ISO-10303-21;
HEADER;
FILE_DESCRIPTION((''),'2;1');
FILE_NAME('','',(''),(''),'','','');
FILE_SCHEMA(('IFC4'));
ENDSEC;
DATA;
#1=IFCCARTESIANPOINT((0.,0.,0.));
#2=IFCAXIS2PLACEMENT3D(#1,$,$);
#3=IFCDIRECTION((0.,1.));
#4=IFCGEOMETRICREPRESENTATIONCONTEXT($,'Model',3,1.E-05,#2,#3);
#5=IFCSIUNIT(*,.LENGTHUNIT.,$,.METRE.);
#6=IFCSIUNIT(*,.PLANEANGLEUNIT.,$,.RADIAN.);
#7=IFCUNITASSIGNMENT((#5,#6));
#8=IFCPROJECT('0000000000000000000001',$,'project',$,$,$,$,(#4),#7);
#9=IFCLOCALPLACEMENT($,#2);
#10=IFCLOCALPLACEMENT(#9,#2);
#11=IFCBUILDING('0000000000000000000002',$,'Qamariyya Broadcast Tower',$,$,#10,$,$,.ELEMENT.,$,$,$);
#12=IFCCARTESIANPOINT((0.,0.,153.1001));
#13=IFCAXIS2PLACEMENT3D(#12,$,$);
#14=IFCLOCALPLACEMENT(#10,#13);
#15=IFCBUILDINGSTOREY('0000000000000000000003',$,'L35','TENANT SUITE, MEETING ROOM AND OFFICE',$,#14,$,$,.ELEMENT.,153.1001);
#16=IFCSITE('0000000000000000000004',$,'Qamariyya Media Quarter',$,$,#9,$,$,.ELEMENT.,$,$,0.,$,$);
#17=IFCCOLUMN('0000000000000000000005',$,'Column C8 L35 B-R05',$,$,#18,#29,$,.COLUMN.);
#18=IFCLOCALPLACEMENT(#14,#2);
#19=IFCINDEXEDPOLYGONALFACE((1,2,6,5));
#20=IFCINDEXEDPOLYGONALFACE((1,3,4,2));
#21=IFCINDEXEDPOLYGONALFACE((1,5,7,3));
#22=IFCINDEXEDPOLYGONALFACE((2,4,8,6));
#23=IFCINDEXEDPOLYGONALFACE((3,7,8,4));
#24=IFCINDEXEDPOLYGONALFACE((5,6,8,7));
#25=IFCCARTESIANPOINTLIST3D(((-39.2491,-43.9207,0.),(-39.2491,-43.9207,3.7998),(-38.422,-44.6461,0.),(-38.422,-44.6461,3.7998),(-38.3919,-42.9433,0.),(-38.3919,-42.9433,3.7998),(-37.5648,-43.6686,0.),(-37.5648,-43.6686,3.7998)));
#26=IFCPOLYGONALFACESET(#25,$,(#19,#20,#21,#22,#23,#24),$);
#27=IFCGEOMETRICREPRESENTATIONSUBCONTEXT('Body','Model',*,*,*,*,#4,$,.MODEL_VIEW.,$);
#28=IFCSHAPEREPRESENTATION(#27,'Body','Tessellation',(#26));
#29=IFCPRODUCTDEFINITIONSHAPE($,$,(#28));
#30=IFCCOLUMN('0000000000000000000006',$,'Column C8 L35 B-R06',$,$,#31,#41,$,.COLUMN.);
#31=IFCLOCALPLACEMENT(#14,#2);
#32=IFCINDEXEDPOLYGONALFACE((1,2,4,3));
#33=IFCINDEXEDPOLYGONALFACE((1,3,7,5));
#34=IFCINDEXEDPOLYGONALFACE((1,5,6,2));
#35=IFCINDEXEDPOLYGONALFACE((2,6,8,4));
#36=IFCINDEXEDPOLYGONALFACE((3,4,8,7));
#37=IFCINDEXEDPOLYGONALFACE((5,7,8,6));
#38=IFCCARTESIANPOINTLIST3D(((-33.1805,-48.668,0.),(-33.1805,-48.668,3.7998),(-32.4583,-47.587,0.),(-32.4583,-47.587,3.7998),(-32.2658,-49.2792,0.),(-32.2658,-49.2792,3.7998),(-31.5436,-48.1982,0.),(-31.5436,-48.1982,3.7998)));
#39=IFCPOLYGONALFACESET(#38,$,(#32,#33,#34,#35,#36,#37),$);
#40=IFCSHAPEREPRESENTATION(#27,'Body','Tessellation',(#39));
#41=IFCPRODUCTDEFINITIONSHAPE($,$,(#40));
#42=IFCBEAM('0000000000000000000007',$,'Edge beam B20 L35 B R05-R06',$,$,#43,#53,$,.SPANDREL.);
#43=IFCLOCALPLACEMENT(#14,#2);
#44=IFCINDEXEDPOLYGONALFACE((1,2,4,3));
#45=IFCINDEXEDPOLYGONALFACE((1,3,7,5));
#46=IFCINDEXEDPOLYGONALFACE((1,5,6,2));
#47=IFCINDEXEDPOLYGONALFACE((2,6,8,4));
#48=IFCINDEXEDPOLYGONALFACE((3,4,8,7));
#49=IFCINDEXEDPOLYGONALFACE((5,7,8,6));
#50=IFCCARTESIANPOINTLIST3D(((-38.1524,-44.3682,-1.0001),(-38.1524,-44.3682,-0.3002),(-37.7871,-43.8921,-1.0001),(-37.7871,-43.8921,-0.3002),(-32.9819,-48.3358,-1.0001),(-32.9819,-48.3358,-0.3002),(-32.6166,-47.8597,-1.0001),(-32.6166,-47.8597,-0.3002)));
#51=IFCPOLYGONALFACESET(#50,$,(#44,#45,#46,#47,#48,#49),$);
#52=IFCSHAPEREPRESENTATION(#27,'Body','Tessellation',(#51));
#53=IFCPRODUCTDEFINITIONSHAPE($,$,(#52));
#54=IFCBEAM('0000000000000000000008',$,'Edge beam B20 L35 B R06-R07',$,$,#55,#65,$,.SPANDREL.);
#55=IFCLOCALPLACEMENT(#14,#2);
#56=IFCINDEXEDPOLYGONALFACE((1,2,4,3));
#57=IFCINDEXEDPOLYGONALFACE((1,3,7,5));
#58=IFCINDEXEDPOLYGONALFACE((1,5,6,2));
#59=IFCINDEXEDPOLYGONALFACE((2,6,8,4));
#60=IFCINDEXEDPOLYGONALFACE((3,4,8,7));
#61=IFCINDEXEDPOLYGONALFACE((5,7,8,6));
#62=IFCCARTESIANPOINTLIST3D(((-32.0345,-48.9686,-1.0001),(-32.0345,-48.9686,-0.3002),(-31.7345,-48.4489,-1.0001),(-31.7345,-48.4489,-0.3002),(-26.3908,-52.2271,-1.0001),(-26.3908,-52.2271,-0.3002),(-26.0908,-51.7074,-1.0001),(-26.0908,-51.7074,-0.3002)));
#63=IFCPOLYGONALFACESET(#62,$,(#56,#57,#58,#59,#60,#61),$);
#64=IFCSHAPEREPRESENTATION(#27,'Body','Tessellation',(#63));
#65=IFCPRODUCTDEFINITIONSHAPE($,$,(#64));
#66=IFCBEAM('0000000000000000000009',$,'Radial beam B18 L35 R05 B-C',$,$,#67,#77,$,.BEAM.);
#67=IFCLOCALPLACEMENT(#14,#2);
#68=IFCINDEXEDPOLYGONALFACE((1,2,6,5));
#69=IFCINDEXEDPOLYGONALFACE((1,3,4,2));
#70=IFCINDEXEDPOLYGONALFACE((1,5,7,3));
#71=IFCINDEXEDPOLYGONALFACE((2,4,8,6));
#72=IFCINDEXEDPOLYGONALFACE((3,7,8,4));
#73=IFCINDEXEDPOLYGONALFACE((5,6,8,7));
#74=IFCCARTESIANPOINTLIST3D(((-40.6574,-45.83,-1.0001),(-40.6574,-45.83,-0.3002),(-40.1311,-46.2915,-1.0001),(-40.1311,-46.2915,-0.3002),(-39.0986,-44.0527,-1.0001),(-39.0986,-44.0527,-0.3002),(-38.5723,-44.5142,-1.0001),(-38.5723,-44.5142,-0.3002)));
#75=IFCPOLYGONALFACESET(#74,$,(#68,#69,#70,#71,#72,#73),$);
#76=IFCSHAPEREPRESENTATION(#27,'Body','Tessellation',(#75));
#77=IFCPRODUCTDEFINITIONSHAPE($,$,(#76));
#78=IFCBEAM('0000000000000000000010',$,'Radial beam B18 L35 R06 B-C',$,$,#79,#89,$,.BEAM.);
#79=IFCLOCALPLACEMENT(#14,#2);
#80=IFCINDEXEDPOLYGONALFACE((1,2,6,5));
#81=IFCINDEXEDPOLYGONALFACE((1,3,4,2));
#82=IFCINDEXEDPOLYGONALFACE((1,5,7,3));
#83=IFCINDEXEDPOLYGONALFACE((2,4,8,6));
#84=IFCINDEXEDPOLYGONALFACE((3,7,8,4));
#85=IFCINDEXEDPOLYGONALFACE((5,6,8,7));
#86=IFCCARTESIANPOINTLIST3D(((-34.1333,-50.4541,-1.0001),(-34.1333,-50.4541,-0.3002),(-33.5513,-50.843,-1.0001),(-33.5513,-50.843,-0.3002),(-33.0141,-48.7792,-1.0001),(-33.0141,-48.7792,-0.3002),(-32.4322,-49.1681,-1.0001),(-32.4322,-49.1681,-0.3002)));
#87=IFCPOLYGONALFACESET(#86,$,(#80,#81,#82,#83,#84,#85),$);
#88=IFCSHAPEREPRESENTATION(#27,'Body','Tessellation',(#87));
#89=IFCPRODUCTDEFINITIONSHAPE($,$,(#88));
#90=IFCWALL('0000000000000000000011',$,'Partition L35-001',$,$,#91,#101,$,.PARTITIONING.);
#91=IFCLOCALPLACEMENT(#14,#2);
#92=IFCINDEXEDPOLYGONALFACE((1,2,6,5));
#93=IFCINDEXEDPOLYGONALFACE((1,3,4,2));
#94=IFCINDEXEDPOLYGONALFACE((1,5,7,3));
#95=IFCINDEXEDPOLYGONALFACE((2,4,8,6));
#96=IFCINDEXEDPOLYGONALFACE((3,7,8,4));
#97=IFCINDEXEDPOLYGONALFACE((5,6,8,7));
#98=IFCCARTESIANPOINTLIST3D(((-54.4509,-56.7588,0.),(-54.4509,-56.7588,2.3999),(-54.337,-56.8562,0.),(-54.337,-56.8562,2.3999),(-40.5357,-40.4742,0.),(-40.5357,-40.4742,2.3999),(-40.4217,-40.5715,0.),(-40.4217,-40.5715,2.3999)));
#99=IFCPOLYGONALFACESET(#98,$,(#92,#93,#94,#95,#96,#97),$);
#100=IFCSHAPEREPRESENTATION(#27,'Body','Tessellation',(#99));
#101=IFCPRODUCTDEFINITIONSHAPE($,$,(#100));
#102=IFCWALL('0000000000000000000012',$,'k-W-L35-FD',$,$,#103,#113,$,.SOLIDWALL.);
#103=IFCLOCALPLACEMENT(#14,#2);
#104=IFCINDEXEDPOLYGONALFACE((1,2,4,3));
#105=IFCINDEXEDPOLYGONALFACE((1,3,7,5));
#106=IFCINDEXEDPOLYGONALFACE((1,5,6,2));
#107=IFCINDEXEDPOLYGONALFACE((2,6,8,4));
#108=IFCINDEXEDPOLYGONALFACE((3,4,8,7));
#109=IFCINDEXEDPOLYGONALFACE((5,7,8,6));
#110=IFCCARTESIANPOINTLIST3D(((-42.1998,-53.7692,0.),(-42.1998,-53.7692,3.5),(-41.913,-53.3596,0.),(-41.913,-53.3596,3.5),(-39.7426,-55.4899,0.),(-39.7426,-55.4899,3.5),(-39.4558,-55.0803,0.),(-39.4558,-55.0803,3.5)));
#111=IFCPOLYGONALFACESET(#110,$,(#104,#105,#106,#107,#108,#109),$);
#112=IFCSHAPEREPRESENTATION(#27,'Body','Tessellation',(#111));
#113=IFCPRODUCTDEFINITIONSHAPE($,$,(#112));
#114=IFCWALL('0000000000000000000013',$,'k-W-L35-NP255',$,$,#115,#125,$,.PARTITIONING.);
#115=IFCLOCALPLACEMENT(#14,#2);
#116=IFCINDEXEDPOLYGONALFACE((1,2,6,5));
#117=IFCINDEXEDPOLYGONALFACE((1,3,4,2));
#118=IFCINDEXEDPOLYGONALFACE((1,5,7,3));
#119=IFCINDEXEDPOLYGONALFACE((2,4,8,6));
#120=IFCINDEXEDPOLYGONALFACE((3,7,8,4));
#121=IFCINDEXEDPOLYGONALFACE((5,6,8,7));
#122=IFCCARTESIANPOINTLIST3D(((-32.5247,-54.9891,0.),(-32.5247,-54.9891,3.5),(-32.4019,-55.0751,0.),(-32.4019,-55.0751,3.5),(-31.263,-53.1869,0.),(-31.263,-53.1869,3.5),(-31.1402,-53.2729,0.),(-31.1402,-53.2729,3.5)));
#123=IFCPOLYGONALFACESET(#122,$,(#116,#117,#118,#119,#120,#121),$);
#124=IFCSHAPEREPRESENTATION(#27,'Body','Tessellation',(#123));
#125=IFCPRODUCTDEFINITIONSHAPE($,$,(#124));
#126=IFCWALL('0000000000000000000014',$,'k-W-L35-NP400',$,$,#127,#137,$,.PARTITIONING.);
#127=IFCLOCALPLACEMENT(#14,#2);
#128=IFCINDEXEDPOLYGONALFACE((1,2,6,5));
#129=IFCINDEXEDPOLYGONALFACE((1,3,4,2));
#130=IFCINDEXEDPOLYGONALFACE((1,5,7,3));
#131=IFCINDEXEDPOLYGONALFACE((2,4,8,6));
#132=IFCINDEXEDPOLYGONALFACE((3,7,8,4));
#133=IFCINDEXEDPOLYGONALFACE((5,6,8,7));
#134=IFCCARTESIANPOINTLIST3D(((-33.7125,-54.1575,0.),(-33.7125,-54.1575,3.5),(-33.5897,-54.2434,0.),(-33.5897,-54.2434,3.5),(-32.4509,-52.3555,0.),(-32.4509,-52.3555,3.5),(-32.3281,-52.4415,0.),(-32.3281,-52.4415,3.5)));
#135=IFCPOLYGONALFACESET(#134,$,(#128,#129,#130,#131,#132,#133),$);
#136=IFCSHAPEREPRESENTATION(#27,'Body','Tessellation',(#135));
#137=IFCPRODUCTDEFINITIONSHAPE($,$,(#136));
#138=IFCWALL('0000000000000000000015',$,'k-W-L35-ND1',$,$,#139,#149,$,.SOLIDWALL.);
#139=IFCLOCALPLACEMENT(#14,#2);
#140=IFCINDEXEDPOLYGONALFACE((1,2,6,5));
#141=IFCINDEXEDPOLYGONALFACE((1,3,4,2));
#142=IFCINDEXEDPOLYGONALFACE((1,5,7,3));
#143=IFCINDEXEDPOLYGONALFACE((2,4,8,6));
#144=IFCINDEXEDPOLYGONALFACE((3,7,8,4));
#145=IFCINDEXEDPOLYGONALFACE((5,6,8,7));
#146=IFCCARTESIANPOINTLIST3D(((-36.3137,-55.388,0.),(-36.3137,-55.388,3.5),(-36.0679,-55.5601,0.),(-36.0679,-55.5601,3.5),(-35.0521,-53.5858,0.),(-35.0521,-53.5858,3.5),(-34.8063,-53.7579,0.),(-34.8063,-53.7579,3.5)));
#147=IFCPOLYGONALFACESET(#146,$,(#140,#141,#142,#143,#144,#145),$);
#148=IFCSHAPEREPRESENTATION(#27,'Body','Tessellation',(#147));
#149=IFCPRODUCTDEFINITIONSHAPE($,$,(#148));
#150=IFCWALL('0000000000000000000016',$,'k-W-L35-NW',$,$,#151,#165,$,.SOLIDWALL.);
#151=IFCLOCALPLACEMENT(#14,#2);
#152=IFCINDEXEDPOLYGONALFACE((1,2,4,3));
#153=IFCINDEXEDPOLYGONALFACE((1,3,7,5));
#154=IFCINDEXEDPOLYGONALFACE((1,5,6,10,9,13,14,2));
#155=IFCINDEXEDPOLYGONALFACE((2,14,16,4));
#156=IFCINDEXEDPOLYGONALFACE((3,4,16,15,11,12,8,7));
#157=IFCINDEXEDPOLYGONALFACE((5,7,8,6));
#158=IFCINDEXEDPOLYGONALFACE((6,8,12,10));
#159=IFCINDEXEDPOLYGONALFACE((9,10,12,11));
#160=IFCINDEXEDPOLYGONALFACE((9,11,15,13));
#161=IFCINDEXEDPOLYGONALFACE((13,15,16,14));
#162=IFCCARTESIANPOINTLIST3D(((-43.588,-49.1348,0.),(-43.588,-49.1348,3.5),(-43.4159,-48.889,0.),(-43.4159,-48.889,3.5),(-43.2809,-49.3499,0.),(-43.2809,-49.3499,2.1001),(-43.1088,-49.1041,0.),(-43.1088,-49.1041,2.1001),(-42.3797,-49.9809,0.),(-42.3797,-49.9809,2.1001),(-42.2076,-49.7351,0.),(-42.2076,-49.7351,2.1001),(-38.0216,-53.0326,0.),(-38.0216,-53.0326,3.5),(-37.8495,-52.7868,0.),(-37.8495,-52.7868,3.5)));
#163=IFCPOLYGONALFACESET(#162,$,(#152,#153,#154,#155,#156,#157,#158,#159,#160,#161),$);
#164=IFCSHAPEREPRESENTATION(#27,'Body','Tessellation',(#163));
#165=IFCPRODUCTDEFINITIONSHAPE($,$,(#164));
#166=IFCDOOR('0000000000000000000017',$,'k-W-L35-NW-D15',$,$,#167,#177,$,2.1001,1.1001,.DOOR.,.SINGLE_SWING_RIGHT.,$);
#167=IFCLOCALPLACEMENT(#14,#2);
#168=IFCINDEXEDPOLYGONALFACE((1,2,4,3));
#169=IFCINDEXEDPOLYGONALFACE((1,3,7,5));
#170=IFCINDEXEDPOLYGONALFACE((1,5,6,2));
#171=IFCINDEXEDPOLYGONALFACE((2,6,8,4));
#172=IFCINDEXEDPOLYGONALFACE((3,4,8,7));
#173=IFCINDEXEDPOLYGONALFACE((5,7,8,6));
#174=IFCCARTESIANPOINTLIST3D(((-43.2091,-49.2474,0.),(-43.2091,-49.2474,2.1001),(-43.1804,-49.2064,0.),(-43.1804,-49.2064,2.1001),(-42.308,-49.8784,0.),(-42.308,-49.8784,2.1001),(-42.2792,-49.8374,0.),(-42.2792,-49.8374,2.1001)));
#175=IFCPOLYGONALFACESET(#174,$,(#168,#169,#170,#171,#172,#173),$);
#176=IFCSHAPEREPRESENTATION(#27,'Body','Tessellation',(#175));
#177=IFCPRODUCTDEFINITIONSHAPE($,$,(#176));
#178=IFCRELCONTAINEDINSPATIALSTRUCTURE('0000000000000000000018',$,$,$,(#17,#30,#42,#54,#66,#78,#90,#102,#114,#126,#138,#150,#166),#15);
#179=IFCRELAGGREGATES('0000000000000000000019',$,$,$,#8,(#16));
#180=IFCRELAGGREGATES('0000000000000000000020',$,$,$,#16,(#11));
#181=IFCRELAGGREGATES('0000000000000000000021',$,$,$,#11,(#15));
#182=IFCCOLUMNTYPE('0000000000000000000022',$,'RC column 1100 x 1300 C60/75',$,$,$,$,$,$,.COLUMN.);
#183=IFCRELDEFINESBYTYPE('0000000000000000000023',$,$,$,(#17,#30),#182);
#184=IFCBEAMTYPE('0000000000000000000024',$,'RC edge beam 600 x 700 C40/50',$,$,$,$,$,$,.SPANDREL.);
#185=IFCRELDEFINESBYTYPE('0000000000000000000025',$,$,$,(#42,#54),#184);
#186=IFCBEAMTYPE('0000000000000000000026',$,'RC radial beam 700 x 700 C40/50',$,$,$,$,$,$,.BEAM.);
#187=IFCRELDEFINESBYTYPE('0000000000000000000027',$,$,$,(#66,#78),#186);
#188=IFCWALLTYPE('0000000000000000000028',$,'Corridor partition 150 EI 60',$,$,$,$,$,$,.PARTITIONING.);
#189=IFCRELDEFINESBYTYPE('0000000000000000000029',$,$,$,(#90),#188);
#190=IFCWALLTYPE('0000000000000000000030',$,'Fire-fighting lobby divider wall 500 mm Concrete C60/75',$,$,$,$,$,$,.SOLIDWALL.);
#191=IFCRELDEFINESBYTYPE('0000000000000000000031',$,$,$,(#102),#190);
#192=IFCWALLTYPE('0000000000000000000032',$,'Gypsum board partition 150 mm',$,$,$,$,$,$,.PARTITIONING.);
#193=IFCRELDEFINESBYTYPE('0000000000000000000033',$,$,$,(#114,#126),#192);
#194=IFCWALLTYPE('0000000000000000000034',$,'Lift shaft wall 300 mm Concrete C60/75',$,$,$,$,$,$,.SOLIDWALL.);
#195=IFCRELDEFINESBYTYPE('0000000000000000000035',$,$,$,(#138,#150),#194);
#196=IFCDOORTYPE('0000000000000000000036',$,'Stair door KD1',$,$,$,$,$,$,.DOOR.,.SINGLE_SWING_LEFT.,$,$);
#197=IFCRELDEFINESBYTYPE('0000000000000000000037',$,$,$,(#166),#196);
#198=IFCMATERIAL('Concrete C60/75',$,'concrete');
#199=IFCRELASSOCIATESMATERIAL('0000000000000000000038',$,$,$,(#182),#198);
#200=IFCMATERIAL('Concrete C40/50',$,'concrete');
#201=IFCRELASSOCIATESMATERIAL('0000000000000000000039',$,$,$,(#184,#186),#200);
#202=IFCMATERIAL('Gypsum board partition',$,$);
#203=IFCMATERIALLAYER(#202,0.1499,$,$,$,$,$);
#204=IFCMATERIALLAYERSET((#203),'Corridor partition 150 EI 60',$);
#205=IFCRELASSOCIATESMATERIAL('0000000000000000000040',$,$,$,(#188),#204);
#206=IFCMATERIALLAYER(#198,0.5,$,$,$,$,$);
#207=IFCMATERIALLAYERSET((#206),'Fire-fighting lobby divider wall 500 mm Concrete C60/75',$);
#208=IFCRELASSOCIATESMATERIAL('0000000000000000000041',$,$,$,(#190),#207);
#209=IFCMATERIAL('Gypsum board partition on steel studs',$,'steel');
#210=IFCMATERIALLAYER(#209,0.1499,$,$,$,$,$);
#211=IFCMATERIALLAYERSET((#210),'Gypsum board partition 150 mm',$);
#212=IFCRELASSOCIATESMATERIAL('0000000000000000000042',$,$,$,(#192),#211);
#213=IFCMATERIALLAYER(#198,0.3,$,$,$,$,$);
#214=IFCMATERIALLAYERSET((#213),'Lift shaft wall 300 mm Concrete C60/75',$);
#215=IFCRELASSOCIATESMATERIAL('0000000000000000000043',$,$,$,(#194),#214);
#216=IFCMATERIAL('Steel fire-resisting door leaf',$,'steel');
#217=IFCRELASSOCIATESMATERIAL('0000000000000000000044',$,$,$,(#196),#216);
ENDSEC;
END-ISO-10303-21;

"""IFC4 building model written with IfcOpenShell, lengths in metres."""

from ifc_helpers import new_model, si_unit, direction, frame, frame_2d, origin, origin_2d, place, context, subcontext, project, spatial, rectangle, extrude, material, layer, layer_set, material_profile, profile_set, type_object, element, fill, save


model = new_model("IFC4")

# Units and contexts
model_context = context("Model", 3, precision=1e-05, world=origin(), true_north=direction((0.0, 1.0)))
body_context = subcontext(model_context, "Body", "Model", "MODEL_VIEW")
ifc_project = project(units=[si_unit("LENGTHUNIT", "METRE"), si_unit("PLANEANGLEUNIT", "RADIAN")], contexts=[model_context])

# Site, building, storey
site_placement = place(None, origin())
site = spatial("IfcSite", under=ifc_project, at=site_placement, Name="Qamariyya Media Quarter", CompositionType="ELEMENT", RefElevation=0.0)
building_placement = place(site_placement, origin())
building = spatial("IfcBuilding", under=site, at=building_placement, Name="Qamariyya Broadcast Tower", CompositionType="ELEMENT")
storey_placement = place(building_placement, frame((0.0, 0.0, 153.1001)))
storey = spatial("IfcBuildingStorey", under=building, at=storey_placement, Name="L35", Description="TENANT SUITE, MEETING ROOM AND OFFICE", CompositionType="ELEMENT", Elevation=153.1001)

# Columns
ifc_material_1 = material(Name="Concrete C60/75", Category="concrete")
ifc_material_profile_1 = material_profile(ifc_material_1, rectangle(XDim=1.1001, YDim=1.3, at=origin_2d()))
ifc_profile_set_1 = profile_set([ifc_material_profile_1], Name="Concrete C60/75")
column_type = type_object("IfcColumnType", Name="RC column 1100 x 1300 C60/75", PredefinedType="COLUMN", material=ifc_profile_set_1)
for number, where, z_axis, x_axis, name in (
    (1, (-38.407, -43.7947, 0.0), (0.0, 0.0, 1.0), (0.75184, -0.659346, 0.0), "Column C8 L35 B-R05"),
    (2, (-32.3621, -48.4331, 0.0), (0.0, 0.0, 1.0), (0.83147, -0.55557, 0.0), "Column C8 L35 B-R06"),
):
    element("IfcColumn", number, at=place(storey_placement, frame(where, z_axis=z_axis, x_axis=x_axis)), inside=storey, type_object=column_type, Name=name, PredefinedType="COLUMN", context=body_context, shape_type="SweptSolid", body=[
        extrude(rectangle(XDim=1.1001, YDim=1.3, at=origin_2d()), origin(), (0.0, 0.0, 1.0), 3.7998),
    ])

# Beams
ifc_material_2 = material(Name="Concrete C40/50", Category="concrete")
ifc_material_profile_2 = material_profile(ifc_material_2, rectangle(XDim=0.6001, YDim=0.7, at=origin_2d()))
ifc_profile_set_2 = profile_set([ifc_material_profile_2], Name="Concrete C40/50")
beam_type_1 = type_object("IfcBeamType", Name="RC edge beam 600 x 700 C40/50", PredefinedType="SPANDREL", material=ifc_profile_set_2)
beam_1_placement = place(storey_placement, frame((-37.9697, -44.1301, -0.6501), z_axis=(0.793343, -0.608774, 0.0), x_axis=(0.608774, 0.793343, 0.0)))
element("IfcBeam", 3, at=beam_1_placement, inside=storey, type_object=beam_type_1, Name="Edge beam B20 L35 B R05-R06", PredefinedType="SPANDREL", context=body_context, shape_type="SweptSolid", body=[
    extrude(rectangle(XDim=0.6001, YDim=0.7, at=origin_2d()), origin(), (0.0, 0.0, 1.0), 6.5173),
])
beam_2_placement = place(storey_placement, frame((-31.8845, -48.7087, -0.6501), z_axis=(0.866019, -0.500011, 0.0), x_axis=(0.500011, 0.866019, 0.0)))
element("IfcBeam", 4, at=beam_2_placement, inside=storey, type_object=beam_type_1, Name="Edge beam B20 L35 B R06-R07", PredefinedType="SPANDREL", context=body_context, shape_type="SweptSolid", body=[
    extrude(rectangle(XDim=0.6001, YDim=0.7, at=origin_2d()), origin(), (0.0, 0.0, 1.0), 6.5168),
])
ifc_material_profile_3 = material_profile(ifc_material_2, rectangle(XDim=0.7, YDim=0.7, at=origin_2d()))
ifc_profile_set_3 = profile_set([ifc_material_profile_3], Name="Concrete C40/50")
beam_type_2 = type_object("IfcBeamType", Name="RC radial beam 700 x 700 C40/50", PredefinedType="BEAM", material=ifc_profile_set_3)
beam_3_placement = place(storey_placement, frame((-38.8354, -44.2834, -0.6501), z_axis=(-0.659382, -0.751809, 0.0), x_axis=(0.751809, -0.659382, 0.0)))
element("IfcBeam", 5, at=beam_3_placement, inside=storey, type_object=beam_type_2, Name="Radial beam B18 L35 R05 B-C", PredefinedType="BEAM", context=body_context, shape_type="SweptSolid", body=[
    extrude(rectangle(XDim=0.7, YDim=0.7, at=origin_2d()), origin(), (0.0, 0.0, 1.0), 2.364),
])
beam_4_placement = place(storey_placement, frame((-32.7231, -48.9736, -0.6501), z_axis=(-0.555595, -0.831453, 0.0), x_axis=(0.831453, -0.555595, 0.0)))
element("IfcBeam", 6, at=beam_4_placement, inside=storey, type_object=beam_type_2, Name="Radial beam B18 L35 R06 B-C", PredefinedType="BEAM", context=body_context, shape_type="SweptSolid", body=[
    extrude(rectangle(XDim=0.7, YDim=0.7, at=origin_2d()), origin(), (0.0, 0.0, 1.0), 2.0144),
])

# Walls
ifc_material_3 = material(Name="Gypsum board partition")
ifc_layer_1 = layer(ifc_material_3, 0.1499)
ifc_layer_set_1 = layer_set([ifc_layer_1], Name="Corridor partition 150 EI 60")
wall_type_1 = type_object("IfcWallType", Name="Corridor partition 150 EI 60", PredefinedType="PARTITIONING", material=ifc_layer_set_1)
wall_1_placement = place(storey_placement, frame((-40.4788, -40.5229, 0.0), z_axis=(0.0, 0.0, 1.0), x_axis=(-0.649633, -0.760248, 0.0)))
element("IfcWall", 7, at=wall_1_placement, inside=storey, type_object=wall_type_1, Name="Partition L35-001", PredefinedType="PARTITIONING", context=body_context, shape_type="SweptSolid", body=[
    extrude(rectangle(XDim=21.4202, YDim=0.1499, at=frame_2d((10.71, 0.0))), origin(), (0.0, 0.0, 1.0), 2.3999),
])
ifc_layer_2 = layer(ifc_material_1, 0.5)
ifc_layer_set_2 = layer_set([ifc_layer_2], Name="Fire-fighting lobby divider wall 500 mm Concrete C60/75")
wall_type_2 = type_object("IfcWallType", Name="Fire-fighting lobby divider wall 500 mm Concrete C60/75", PredefinedType="SOLIDWALL", material=ifc_layer_set_2)
wall_2_placement = place(storey_placement, frame((-39.5991, -55.2852, 0.0), z_axis=(0.0, 0.0, 1.0), x_axis=(-0.819136, 0.573599, 0.0)))
element("IfcWall", 8, at=wall_2_placement, inside=storey, type_object=wall_type_2, Name="k-W-L35-FD", PredefinedType="SOLIDWALL", context=body_context, shape_type="SweptSolid", body=[
    extrude(rectangle(XDim=2.9998, YDim=0.5, at=frame_2d((1.5, 0.0))), origin(), (0.0, 0.0, 1.0), 3.5),
])
ifc_material_4 = material(Name="Gypsum board partition on steel studs", Category="steel")
ifc_layer_3 = layer(ifc_material_4, 0.1499)
ifc_layer_set_3 = layer_set([ifc_layer_3], Name="Gypsum board partition 150 mm")
wall_type_3 = type_object("IfcWallType", Name="Gypsum board partition 150 mm", PredefinedType="PARTITIONING", material=ifc_layer_set_3)
wall_3_placement = place(storey_placement, frame((-32.4634, -55.0322, 0.0), z_axis=(0.0, 0.0, 1.0), x_axis=(0.573507, 0.819201, 0.0)))
element("IfcWall", 9, at=wall_3_placement, inside=storey, type_object=wall_type_3, Name="k-W-L35-NP255", PredefinedType="PARTITIONING", context=body_context, shape_type="SweptSolid", body=[
    extrude(rectangle(XDim=2.2, YDim=0.1499, at=frame_2d((1.1001, 0.0))), origin(), (0.0, 0.0, 1.0), 3.5),
])
wall_4_placement = place(storey_placement, frame((-33.6511, -54.2004, 0.0), z_axis=(0.0, 0.0, 1.0), x_axis=(0.573559, 0.819164, 0.0)))
element("IfcWall", 10, at=wall_4_placement, inside=storey, type_object=wall_type_3, Name="k-W-L35-NP400", PredefinedType="PARTITIONING", context=body_context, shape_type="SweptSolid", body=[
    extrude(rectangle(XDim=2.1997, YDim=0.1499, at=frame_2d((1.0999, 0.0))), origin(), (0.0, 0.0, 1.0), 3.5),
])
ifc_layer_4 = layer(ifc_material_1, 0.3)
ifc_layer_set_4 = layer_set([ifc_layer_4], Name="Lift shaft wall 300 mm Concrete C60/75")
wall_type_4 = type_object("IfcWallType", Name="Lift shaft wall 300 mm Concrete C60/75", PredefinedType="SOLIDWALL", material=ifc_layer_set_4)
wall_5_placement = place(storey_placement, frame((-36.1909, -55.4741, 0.0), z_axis=(0.0, 0.0, 1.0), x_axis=(0.573507, 0.819201, 0.0)))
element("IfcWall", 11, at=wall_5_placement, inside=storey, type_object=wall_type_4, Name="k-W-L35-ND1", PredefinedType="SOLIDWALL", context=body_context, shape_type="SweptSolid", body=[
    extrude(rectangle(XDim=2.2, YDim=0.3, at=frame_2d((1.1001, 0.0))), origin(), (0.0, 0.0, 1.0), 3.5),
])

# Wall, opening, door
wall_6_placement = place(storey_placement, frame((-37.9355, -52.9097, 0.0), z_axis=(0.0, 0.0, 1.0), x_axis=(-0.819148, 0.573583, 0.0)))
wall_6 = element("IfcWall", 12, at=wall_6_placement, inside=storey, type_object=wall_type_4, Name="k-W-L35-NW", PredefinedType="SOLIDWALL", context=body_context, shape_type="SweptSolid", body=[
    extrude(rectangle(XDim=6.7954, YDim=0.3, at=frame_2d((3.3977, 0.0))), origin(), (0.0, 0.0, 1.0), 3.5),
])
opening_1_placement = place(wall_6_placement, frame((5.3203, 0.0, 0.0)))
opening_1 = element("IfcOpeningElement", 13, at=opening_1_placement, cuts=wall_6, PredefinedType="OPENING", context=body_context, shape_type="SweptSolid", body=[
    extrude(rectangle(XDim=1.1001, YDim=2.1001, at=frame_2d((0.55, 1.05))), frame((0.0, 0.1599, 0.0), z_axis=(0.0, -1.0, 0.0), x_axis=(1.0, 0.0, 0.0)), (0.0, 0.0, 1.0), 0.3201),
])
ifc_material_5 = material(Name="Steel fire-resisting door leaf", Category="steel")
door_type = type_object("IfcDoorType", Name="Stair door KD1", OperationType="SINGLE_SWING_LEFT", PredefinedType="DOOR", material=ifc_material_5)
door_placement = place(opening_1_placement, origin())
door = element("IfcDoor", 14, at=door_placement, inside=storey, type_object=door_type, Name="k-W-L35-NW-D15", OperationType="SINGLE_SWING_RIGHT", OverallHeight=2.1001, OverallWidth=1.1001, PredefinedType="DOOR", context=body_context, shape_type="SweptSolid", body=[
    extrude(rectangle(XDim=1.1001, YDim=2.1001, at=frame_2d((0.55, 1.05))), frame((0.0, 0.0249, 0.0), z_axis=(0.0, -1.0, 0.0), x_axis=(1.0, 0.0, 0.0)), (0.0, 0.0, 1.0), 0.05),
])
fill(opening_1, door)

save(model, "model.ifc")
